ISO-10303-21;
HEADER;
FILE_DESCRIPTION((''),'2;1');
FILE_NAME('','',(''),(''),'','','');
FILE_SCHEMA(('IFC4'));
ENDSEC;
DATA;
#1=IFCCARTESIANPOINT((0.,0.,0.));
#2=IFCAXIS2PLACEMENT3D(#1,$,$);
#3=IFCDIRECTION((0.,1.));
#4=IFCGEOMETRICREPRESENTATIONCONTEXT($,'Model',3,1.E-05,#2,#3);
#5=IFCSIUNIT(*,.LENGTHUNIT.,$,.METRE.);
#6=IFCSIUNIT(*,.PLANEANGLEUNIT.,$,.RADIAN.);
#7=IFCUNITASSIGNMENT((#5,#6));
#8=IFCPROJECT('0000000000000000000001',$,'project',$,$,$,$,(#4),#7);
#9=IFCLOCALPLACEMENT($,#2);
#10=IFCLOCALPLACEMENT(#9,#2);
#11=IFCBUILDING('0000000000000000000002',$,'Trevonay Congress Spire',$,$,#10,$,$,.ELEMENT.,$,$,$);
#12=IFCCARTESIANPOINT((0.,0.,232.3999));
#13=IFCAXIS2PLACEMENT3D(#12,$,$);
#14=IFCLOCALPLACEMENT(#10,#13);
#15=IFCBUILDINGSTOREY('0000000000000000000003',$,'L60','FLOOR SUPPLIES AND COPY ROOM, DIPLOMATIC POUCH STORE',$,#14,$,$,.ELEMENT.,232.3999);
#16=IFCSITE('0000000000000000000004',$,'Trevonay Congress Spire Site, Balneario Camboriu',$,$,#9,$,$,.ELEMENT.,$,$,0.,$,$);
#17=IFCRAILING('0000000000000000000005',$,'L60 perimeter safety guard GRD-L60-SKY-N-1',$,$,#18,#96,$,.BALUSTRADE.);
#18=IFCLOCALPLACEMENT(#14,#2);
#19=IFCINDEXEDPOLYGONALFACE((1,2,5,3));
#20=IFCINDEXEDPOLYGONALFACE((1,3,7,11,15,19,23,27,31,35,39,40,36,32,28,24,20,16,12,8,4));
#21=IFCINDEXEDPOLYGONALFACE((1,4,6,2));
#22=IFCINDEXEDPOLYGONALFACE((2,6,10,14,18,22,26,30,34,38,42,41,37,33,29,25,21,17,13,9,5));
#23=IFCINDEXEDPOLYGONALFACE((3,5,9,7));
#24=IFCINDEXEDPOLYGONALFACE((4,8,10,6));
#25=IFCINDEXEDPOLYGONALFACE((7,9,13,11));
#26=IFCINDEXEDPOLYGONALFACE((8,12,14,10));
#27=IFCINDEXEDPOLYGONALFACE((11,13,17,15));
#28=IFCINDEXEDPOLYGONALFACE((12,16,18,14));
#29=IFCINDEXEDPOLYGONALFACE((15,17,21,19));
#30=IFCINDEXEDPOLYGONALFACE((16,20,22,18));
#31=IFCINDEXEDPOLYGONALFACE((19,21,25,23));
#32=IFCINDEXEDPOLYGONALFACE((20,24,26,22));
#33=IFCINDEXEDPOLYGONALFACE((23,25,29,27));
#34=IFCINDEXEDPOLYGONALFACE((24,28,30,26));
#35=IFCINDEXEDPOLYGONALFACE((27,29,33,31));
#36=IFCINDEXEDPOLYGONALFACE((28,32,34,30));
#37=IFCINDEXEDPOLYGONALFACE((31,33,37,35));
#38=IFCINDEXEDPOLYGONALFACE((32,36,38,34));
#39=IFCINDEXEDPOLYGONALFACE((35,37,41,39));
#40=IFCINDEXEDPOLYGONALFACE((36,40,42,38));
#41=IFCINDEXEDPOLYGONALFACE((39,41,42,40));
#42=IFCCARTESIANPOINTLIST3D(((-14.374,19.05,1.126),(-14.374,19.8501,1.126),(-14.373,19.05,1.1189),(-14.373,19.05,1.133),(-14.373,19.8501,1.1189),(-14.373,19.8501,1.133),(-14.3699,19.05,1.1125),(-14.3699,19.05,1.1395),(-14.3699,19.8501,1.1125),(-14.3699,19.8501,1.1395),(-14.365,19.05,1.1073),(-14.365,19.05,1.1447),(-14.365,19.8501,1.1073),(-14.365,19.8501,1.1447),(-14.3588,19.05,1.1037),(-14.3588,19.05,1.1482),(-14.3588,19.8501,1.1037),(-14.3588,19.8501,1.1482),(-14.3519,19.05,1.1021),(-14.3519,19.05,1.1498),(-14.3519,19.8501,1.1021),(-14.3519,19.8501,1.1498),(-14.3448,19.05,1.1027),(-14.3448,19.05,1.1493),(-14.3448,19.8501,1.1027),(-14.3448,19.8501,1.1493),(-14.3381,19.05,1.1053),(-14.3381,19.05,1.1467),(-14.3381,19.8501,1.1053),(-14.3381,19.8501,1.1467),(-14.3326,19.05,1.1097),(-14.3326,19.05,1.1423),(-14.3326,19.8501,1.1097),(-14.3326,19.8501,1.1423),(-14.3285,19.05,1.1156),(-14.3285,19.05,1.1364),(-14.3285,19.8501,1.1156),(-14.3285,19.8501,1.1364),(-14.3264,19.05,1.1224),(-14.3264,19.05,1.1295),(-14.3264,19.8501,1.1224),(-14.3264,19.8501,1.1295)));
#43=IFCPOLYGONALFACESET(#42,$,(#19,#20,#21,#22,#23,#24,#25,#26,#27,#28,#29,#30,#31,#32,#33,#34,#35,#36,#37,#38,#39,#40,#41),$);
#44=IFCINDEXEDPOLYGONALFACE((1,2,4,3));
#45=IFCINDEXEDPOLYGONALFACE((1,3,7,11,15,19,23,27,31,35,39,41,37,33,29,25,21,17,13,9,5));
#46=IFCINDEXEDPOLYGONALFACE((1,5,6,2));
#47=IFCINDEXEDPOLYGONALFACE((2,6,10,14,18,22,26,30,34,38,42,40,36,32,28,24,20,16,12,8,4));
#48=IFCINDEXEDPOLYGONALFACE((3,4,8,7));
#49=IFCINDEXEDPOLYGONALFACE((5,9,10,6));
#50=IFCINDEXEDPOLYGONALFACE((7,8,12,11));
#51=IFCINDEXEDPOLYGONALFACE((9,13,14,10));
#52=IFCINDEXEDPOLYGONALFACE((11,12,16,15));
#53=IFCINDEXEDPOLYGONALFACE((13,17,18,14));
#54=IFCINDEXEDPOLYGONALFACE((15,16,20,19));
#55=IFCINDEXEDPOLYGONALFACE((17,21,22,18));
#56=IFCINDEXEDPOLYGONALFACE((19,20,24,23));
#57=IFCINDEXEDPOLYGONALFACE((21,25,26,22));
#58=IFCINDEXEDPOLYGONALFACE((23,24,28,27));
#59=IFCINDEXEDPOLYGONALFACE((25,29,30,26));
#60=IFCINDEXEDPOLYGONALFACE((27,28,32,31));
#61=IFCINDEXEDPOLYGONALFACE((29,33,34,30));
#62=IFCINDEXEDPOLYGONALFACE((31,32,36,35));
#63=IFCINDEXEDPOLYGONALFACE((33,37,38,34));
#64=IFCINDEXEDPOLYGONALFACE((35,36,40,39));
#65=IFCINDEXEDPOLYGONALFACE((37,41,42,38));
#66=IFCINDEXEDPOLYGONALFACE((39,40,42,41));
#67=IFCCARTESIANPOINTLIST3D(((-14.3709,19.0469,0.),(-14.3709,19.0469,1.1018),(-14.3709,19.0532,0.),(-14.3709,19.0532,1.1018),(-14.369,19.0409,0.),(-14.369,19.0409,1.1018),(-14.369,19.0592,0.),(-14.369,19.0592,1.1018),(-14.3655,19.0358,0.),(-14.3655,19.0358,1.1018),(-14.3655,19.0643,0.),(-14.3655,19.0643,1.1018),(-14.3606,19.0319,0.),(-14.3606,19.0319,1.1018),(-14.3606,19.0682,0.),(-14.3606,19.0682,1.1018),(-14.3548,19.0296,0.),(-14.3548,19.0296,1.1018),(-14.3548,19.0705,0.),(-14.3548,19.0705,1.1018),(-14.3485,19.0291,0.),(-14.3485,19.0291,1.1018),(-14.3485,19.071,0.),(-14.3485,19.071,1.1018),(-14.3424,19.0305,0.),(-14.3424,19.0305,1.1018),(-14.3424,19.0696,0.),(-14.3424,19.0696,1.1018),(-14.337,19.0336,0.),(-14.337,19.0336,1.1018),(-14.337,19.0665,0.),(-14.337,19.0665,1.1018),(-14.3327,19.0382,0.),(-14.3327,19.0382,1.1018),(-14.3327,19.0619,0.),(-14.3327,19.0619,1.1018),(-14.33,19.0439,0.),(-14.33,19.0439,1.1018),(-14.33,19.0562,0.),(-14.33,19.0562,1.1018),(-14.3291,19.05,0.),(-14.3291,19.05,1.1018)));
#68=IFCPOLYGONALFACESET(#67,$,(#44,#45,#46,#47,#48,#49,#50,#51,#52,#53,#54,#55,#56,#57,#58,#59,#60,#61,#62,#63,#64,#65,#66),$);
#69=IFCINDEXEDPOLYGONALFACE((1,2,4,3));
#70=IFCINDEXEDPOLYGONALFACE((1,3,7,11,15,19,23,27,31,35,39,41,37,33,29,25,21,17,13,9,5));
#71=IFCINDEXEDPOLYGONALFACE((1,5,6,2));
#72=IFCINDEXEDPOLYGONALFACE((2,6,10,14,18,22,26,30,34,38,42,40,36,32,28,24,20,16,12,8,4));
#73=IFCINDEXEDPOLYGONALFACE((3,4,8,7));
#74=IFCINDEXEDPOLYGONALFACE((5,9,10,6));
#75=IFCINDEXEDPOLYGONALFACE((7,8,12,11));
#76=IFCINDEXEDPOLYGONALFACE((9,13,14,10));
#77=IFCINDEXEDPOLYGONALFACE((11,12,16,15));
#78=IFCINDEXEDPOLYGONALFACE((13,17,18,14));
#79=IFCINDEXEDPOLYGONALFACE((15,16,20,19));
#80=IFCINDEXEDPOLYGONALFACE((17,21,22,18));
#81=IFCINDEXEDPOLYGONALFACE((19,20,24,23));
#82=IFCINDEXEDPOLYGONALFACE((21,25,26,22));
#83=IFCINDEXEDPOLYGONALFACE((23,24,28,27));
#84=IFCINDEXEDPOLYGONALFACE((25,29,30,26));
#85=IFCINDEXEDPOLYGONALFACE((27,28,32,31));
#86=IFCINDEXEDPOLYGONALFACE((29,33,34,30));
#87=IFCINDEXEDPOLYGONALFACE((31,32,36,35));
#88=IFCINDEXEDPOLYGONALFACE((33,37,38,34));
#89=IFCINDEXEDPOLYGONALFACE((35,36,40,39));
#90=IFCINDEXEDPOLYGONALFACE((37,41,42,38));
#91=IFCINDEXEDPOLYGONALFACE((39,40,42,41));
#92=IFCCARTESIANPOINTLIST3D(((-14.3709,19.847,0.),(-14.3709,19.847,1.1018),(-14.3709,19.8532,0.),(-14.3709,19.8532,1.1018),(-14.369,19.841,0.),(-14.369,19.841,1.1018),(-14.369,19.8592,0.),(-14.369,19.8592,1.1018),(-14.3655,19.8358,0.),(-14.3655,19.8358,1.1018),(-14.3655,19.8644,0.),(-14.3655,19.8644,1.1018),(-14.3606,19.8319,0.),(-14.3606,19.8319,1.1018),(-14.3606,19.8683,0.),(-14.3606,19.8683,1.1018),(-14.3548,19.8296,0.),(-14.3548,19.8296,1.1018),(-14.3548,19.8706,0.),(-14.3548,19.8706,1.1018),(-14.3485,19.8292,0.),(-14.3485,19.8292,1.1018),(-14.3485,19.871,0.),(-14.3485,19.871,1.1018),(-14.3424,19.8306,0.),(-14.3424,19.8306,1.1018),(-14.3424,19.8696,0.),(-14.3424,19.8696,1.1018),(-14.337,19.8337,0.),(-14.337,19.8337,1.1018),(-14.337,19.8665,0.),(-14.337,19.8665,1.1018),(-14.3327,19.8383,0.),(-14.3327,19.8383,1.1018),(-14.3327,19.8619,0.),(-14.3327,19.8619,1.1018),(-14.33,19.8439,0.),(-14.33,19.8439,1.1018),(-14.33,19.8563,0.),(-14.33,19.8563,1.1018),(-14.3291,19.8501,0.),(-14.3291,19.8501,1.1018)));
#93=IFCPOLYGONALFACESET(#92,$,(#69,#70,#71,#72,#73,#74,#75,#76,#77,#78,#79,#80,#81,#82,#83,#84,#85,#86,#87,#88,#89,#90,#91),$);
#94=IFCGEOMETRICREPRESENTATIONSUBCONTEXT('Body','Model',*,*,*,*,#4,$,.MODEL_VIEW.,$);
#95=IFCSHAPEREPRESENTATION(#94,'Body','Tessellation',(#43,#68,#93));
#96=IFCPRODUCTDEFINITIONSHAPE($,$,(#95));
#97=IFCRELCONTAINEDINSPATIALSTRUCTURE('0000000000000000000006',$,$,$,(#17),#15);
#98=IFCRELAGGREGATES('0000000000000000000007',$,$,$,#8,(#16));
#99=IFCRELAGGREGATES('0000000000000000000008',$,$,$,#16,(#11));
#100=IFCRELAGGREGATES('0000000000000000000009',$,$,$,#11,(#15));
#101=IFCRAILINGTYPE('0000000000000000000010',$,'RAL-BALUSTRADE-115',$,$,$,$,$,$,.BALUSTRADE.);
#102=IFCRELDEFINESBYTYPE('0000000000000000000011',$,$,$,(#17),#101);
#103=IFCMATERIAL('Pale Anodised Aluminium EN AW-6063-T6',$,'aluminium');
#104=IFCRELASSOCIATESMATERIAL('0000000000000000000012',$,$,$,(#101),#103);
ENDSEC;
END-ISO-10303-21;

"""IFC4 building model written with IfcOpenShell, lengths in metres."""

from ifc_helpers import new_model, si_unit, direction, frame, origin, origin_2d, place, context, subcontext, project, spatial, circle, extrude, material, type_object, element, save


model = new_model("IFC4")

# Units and contexts
model_context = context("Model", 3, precision=1e-05, world=origin(), true_north=direction((0.0, 1.0)))
body_context = subcontext(model_context, "Body", "Model", "MODEL_VIEW")
ifc_project = project(units=[si_unit("LENGTHUNIT", "METRE"), si_unit("PLANEANGLEUNIT", "RADIAN")], contexts=[model_context])

# Site, building, storey
site_placement = place(None, origin())
site = spatial("IfcSite", under=ifc_project, at=site_placement, Name="Trevonay Congress Spire Site, Balneario Camboriu", CompositionType="ELEMENT", RefElevation=0.0)
building_placement = place(site_placement, origin())
building = spatial("IfcBuilding", under=site, at=building_placement, Name="Trevonay Congress Spire", CompositionType="ELEMENT")
storey_placement = place(building_placement, frame((0.0, 0.0, 232.3999)))
storey = spatial("IfcBuildingStorey", under=building, at=storey_placement, Name="L60", Description="FLOOR SUPPLIES AND COPY ROOM, DIPLOMATIC POUCH STORE", CompositionType="ELEMENT", Elevation=232.3999)

# Shared definitions
ifc_material_1 = material(Name="Pale Anodised Aluminium EN AW-6063-T6", Category="aluminium")

# Railing
railing_type = type_object("IfcRailingType", Name="RAL-BALUSTRADE-115", PredefinedType="BALUSTRADE", material=ifc_material_1)
railing_1_placement = place(storey_placement, frame((-14.3501, 19.05, 0.0)))
element("IfcRailing", 1, at=railing_1_placement, inside=storey, type_object=railing_type, Name="L60 perimeter safety guard GRD-L60-SKY-N-1", PredefinedType="BALUSTRADE", context=body_context, shape_type="SweptSolid", body=[
    extrude(circle(Radius=0.0239, at=origin_2d()), frame((0.0, 0.0, 1.126), z_axis=(0.0, 1.0, 0.0), x_axis=(-1.0, 0.0, 0.0)), (0.0, 0.0, 1.0), 0.8),
    extrude(circle(Radius=0.021, at=origin_2d()), origin(), (0.0, 0.0, 1.0), 1.1018),
    extrude(circle(Radius=0.021, at=origin_2d()), frame((0.0, 0.8, 0.0)), (0.0, 0.0, 1.0), 1.1018),
])

save(model, "model.ifc")
